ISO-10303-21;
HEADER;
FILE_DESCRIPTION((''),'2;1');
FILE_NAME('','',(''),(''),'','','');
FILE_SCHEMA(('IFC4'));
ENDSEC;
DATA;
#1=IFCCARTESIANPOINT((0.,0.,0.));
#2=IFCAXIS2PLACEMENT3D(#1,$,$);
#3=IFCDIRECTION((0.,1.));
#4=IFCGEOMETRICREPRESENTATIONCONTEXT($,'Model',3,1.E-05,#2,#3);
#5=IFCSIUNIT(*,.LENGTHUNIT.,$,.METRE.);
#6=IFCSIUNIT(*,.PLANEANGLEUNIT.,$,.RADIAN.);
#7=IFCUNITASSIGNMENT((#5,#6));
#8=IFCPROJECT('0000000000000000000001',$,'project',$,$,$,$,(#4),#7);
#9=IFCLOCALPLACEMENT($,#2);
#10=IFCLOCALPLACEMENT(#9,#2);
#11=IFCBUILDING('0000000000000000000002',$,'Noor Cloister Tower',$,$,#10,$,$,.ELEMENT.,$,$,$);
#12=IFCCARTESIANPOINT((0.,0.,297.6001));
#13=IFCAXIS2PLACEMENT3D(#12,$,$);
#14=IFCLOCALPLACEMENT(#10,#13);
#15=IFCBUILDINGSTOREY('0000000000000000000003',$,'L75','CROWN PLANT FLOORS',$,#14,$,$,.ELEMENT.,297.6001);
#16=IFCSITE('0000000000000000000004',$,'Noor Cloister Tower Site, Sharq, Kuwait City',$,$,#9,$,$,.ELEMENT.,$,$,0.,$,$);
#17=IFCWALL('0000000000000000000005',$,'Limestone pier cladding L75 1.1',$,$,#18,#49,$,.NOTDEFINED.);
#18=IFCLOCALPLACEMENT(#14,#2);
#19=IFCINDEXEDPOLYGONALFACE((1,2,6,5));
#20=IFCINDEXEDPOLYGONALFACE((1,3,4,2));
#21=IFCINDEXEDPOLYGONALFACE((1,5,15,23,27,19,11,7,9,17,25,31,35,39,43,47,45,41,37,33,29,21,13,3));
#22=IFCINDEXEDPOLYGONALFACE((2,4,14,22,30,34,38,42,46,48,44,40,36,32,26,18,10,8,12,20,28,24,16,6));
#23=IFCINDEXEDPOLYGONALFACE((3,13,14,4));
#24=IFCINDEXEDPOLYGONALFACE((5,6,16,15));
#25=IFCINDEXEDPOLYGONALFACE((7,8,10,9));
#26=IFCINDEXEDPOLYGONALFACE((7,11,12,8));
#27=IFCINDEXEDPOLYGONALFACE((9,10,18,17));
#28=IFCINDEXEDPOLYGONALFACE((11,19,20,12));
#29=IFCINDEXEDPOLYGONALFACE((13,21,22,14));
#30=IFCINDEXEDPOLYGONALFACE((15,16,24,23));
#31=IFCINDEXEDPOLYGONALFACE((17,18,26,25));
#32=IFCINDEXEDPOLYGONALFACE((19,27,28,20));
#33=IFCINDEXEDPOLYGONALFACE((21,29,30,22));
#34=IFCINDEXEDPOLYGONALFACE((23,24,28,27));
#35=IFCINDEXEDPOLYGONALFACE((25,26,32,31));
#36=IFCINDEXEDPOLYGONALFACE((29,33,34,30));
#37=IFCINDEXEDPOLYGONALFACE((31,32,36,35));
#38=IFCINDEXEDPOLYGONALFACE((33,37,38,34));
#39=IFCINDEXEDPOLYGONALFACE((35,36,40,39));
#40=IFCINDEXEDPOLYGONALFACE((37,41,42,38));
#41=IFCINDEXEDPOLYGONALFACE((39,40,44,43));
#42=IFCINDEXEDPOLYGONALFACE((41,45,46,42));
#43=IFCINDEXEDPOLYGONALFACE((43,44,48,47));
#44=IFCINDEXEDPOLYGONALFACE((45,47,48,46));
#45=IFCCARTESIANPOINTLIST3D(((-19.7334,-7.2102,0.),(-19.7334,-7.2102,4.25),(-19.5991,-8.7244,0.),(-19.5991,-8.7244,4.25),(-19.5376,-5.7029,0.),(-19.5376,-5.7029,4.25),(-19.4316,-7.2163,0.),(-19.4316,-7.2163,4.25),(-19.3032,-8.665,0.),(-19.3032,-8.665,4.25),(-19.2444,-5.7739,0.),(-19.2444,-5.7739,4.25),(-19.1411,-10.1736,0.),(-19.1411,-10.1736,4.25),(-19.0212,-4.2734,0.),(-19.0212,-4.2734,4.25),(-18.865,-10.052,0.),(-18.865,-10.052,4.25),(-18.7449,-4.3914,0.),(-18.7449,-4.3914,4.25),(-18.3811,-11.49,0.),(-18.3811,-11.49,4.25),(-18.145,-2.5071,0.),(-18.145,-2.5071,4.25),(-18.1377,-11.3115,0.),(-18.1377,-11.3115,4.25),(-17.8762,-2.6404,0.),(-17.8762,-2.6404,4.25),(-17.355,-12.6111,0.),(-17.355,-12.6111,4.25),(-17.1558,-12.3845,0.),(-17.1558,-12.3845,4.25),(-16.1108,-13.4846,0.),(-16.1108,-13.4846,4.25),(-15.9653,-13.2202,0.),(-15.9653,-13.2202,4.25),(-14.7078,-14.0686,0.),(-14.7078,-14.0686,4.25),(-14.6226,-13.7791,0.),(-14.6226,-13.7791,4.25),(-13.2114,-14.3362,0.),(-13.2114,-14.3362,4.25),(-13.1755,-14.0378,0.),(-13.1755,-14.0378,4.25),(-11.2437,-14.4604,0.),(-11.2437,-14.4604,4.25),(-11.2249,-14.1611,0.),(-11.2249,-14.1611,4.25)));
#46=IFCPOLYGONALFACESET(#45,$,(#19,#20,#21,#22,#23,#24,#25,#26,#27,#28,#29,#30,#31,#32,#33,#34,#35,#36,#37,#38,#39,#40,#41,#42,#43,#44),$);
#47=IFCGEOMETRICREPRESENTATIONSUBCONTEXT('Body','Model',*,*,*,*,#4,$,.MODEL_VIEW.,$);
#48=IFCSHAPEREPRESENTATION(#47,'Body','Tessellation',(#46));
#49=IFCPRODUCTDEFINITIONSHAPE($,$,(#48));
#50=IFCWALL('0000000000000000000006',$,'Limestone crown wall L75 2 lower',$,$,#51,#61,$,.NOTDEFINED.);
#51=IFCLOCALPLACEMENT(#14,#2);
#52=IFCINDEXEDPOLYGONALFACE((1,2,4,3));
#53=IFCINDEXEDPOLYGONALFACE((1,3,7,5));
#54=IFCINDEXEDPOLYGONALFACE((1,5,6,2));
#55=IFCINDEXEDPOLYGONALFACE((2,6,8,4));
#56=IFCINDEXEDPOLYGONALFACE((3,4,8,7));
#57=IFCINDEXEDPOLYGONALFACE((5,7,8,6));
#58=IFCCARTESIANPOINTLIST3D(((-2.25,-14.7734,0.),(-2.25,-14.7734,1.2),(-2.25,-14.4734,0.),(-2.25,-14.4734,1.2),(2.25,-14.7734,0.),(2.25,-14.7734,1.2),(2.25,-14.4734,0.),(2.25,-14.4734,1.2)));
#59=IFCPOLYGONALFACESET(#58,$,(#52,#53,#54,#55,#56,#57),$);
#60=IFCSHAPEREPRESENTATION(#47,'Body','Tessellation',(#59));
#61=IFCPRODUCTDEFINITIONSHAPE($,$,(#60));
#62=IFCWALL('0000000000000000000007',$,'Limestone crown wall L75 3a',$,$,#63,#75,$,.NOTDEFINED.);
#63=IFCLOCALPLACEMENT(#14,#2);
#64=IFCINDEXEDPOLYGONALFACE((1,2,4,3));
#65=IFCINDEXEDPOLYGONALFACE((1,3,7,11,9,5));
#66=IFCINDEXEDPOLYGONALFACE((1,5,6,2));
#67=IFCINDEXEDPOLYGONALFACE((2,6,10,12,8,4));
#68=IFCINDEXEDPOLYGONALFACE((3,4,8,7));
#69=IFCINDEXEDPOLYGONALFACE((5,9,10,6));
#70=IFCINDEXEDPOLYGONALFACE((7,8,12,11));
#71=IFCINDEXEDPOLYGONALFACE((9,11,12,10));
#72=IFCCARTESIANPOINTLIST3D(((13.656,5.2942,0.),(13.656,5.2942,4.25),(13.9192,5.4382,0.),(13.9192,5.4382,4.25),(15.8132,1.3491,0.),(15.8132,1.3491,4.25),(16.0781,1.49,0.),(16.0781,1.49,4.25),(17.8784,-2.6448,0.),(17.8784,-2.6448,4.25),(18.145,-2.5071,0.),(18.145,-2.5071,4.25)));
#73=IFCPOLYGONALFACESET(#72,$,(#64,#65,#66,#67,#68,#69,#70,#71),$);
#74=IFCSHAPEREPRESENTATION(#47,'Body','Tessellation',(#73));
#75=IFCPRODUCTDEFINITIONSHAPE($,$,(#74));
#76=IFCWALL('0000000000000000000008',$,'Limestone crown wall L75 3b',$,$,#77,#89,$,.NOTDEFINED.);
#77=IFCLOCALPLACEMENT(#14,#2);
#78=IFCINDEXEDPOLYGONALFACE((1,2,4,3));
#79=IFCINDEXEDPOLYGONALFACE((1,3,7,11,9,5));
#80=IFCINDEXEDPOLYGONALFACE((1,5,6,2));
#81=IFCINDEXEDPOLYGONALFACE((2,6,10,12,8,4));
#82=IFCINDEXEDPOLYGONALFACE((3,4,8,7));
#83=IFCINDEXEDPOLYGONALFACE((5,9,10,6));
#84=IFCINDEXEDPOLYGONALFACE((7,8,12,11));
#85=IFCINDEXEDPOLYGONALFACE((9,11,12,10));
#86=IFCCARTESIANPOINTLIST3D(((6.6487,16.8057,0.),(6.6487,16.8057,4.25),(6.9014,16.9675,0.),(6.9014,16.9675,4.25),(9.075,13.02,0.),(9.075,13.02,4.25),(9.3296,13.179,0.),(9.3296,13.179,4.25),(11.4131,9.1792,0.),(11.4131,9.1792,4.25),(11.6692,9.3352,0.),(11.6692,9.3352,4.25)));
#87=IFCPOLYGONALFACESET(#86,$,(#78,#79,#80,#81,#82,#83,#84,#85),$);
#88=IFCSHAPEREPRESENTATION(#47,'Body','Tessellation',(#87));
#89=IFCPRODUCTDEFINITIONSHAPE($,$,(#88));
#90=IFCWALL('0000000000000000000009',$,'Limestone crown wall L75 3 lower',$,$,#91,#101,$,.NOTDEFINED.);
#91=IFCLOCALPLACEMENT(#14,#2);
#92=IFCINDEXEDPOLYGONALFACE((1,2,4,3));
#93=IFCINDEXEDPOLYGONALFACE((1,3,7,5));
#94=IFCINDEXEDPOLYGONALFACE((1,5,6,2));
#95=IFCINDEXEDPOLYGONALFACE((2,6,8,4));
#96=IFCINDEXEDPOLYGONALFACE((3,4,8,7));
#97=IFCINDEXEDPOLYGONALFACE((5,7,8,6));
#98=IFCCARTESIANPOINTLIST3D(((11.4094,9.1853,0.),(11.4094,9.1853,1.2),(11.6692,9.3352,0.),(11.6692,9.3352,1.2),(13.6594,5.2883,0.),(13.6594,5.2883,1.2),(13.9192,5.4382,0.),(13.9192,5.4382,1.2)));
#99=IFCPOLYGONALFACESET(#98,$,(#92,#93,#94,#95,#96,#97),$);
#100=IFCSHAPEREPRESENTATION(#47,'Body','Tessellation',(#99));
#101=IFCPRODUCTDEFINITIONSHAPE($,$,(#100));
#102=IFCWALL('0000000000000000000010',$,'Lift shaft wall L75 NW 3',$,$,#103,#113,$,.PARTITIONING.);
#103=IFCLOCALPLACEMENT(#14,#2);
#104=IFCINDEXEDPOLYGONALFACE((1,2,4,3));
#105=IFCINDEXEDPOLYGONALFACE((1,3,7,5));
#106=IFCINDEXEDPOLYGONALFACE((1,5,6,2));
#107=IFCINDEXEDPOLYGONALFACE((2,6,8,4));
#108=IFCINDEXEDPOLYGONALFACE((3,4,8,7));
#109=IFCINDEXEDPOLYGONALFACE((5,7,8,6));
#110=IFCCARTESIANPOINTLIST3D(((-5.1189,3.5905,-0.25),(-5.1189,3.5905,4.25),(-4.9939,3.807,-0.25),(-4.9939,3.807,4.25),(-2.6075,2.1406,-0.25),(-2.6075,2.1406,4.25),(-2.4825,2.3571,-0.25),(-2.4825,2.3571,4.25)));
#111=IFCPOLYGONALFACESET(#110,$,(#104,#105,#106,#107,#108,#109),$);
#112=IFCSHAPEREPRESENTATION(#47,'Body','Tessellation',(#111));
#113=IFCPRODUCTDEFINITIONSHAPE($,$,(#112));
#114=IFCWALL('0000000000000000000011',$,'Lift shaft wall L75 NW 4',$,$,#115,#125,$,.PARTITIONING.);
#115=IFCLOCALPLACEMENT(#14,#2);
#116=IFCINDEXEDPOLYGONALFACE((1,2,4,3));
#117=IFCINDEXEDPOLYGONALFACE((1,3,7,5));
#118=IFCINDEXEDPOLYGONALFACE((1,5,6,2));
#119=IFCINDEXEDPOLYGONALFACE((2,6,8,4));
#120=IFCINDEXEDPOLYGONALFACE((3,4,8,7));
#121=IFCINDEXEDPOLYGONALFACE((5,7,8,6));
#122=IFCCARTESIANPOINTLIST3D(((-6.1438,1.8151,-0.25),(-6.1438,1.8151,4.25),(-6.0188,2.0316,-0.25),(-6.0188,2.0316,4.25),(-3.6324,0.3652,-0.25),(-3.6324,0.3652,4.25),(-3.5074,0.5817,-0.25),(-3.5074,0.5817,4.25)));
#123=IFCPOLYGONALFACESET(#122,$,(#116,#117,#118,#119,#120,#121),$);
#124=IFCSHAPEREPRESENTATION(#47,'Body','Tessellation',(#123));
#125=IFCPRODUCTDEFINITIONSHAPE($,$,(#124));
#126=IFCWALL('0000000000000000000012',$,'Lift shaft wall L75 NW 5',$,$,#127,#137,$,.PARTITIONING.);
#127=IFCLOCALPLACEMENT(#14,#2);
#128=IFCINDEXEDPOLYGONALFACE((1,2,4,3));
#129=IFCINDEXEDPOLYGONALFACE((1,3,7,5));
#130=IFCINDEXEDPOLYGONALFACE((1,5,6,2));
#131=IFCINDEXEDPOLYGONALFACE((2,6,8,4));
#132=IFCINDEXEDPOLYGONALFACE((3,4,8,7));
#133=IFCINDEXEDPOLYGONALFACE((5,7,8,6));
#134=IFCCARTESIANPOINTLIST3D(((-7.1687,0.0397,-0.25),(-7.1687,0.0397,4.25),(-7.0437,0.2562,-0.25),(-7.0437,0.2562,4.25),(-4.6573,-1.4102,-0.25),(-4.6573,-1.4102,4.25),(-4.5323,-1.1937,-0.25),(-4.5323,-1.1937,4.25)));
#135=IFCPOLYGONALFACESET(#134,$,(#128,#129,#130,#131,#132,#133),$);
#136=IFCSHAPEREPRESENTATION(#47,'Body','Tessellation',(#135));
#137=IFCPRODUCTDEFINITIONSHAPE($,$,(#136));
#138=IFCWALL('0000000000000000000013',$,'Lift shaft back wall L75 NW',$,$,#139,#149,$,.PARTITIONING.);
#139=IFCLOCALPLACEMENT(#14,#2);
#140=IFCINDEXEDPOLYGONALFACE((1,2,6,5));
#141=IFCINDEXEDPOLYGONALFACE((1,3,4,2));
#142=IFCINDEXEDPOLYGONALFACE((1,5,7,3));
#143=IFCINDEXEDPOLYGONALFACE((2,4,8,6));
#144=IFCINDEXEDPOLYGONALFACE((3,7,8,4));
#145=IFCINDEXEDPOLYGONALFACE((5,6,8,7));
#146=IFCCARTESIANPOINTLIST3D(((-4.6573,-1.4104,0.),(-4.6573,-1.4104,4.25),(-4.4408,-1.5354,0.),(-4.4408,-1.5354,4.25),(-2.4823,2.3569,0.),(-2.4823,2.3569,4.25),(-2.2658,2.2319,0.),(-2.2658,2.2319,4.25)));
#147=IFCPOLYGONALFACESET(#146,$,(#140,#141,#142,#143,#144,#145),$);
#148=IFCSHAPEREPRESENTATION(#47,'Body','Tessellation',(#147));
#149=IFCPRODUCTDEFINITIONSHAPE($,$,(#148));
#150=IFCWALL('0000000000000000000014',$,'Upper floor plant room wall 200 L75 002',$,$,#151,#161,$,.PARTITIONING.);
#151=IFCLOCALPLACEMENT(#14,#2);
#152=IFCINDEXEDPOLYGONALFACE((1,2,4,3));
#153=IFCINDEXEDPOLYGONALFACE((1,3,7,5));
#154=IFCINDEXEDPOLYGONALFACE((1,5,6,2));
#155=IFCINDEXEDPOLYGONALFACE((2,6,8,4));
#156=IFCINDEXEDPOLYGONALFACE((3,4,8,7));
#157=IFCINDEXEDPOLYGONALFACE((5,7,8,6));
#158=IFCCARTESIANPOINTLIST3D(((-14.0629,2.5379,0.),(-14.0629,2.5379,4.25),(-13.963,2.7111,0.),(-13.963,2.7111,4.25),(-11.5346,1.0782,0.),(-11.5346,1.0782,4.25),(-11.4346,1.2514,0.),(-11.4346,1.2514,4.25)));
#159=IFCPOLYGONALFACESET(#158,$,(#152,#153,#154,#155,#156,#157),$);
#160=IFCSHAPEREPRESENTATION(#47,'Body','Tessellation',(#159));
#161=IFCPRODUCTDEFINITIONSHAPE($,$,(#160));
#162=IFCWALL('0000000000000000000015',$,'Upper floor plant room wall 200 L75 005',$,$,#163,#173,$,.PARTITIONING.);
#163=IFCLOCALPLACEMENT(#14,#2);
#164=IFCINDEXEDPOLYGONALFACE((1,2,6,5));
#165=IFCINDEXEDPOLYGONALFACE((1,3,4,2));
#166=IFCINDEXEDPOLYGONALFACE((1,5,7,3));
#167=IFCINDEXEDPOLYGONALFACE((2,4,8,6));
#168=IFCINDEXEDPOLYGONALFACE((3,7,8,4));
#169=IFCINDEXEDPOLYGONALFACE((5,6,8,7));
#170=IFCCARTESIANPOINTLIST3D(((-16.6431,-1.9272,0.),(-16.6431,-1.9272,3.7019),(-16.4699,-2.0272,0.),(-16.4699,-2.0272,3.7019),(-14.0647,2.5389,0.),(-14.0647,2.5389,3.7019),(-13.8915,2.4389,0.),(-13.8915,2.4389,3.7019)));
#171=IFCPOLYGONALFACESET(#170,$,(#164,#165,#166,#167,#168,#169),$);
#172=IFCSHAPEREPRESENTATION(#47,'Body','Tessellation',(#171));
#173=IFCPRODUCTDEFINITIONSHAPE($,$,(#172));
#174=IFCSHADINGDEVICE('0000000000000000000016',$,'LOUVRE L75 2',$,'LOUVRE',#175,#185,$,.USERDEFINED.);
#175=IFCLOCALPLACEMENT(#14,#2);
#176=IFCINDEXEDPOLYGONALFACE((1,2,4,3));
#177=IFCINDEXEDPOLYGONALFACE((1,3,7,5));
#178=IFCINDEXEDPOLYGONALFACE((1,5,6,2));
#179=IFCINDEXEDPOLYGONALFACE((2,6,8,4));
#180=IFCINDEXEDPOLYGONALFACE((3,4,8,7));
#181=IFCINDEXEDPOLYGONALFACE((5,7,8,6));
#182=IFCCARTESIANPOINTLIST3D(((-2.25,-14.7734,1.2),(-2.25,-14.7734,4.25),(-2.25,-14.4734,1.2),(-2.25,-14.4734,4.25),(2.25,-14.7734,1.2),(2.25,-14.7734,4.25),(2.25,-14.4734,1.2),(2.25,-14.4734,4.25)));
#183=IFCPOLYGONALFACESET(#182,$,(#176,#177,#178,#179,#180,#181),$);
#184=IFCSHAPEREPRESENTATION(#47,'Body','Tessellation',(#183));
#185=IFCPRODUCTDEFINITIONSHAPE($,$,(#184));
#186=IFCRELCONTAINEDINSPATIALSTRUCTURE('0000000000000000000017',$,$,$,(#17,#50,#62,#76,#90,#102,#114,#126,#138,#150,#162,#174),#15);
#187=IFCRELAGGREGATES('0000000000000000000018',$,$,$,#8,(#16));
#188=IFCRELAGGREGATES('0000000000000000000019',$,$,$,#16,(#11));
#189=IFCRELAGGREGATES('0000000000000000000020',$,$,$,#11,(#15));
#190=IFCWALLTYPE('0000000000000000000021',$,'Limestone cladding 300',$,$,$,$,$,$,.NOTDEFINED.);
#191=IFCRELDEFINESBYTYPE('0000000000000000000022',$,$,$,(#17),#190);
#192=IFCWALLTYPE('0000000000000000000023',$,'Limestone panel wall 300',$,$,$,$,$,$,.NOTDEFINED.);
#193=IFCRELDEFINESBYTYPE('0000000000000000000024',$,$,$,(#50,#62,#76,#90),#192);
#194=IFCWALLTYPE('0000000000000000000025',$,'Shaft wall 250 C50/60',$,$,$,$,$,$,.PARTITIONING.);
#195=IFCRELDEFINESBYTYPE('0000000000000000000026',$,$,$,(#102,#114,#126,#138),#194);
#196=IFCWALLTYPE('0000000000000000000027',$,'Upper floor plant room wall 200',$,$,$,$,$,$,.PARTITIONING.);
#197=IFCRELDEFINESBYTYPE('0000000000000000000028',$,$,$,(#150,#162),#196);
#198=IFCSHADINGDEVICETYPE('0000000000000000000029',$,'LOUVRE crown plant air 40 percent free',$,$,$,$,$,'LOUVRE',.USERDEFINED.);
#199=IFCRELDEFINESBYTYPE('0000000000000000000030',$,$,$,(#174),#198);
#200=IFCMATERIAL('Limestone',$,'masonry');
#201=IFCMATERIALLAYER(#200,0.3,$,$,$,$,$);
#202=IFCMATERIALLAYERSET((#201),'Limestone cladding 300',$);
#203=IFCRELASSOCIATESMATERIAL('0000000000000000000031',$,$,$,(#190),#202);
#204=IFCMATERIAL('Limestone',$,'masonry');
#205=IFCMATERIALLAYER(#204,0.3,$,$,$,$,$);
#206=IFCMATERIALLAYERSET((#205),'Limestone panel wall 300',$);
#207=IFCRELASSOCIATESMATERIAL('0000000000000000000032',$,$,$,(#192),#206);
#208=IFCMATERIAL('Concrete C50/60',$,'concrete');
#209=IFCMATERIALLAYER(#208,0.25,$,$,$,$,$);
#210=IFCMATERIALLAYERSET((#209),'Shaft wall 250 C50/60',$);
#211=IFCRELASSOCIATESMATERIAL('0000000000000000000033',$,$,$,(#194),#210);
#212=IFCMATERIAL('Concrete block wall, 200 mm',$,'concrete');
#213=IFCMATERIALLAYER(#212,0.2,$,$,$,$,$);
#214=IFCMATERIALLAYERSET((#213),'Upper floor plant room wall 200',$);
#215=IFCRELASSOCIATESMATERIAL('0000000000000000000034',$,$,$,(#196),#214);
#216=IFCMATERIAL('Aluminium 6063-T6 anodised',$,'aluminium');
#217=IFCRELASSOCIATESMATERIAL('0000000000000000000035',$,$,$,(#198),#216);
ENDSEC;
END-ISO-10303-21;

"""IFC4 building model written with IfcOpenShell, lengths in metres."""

from ifc_helpers import new_model, si_unit, direction, frame, frame_2d, origin, place, context, subcontext, project, spatial, polyline, rectangle, outline, extrude, material, layer, layer_set, type_object, element, save


model = new_model("IFC4")

# Units and contexts
model_context = context("Model", 3, precision=1e-05, world=origin(), true_north=direction((0.0, 1.0)))
body_context = subcontext(model_context, "Body", "Model", "MODEL_VIEW")
ifc_project = project(units=[si_unit("LENGTHUNIT", "METRE"), si_unit("PLANEANGLEUNIT", "RADIAN")], contexts=[model_context])

# Site, building, storey
site_placement = place(None, origin())
site = spatial("IfcSite", under=ifc_project, at=site_placement, Name="Noor Cloister Tower Site, Sharq, Kuwait City", CompositionType="ELEMENT", RefElevation=0.0)
building_placement = place(site_placement, origin())
building = spatial("IfcBuilding", under=site, at=building_placement, Name="Noor Cloister Tower", CompositionType="ELEMENT")
storey_placement = place(building_placement, frame((0.0, 0.0, 297.6001)))
storey = spatial("IfcBuildingStorey", under=building, at=storey_placement, Name="L75", Description="CROWN PLANT FLOORS", CompositionType="ELEMENT", Elevation=297.6001)

# Walls
ifc_material_1 = material(Name="Limestone", Category="masonry")
ifc_layer_1 = layer(ifc_material_1, 0.3)
ifc_layer_set_1 = layer_set([ifc_layer_1], Name="Limestone cladding 300")
wall_type_1 = type_object("IfcWallType", Name="Limestone cladding 300", PredefinedType="NOTDEFINED", material=ifc_layer_set_1)
wall_1_placement = place(storey_placement, origin())
element("IfcWall", 1, at=wall_1_placement, inside=storey, type_object=wall_type_1, Name="Limestone pier cladding L75 1.1", PredefinedType="NOTDEFINED", context=body_context, shape_type="SweptSolid", body=[
    extrude(outline(polyline([(-18.145, -2.5071), (-19.0212, -4.2734), (-19.5376, -5.7029), (-19.7334, -7.2102), (-19.5991, -8.7244), (-19.1411, -10.1736), (-18.3811, -11.49), (-17.355, -12.6111), (-16.1108, -13.4846), (-14.7078, -14.0686), (-13.2114, -14.3362), (-11.2437, -14.4604), (-11.2249, -14.1611), (-13.1755, -14.0378), (-14.6226, -13.7791), (-15.9653, -13.2202), (-17.1558, -12.3845), (-18.1377, -11.3115), (-18.865, -10.052), (-19.3032, -8.665), (-19.4316, -7.2163), (-19.2444, -5.7739), (-18.7449, -4.3914), (-17.8762, -2.6404), (-18.145, -2.5071)])), origin(), (0.0, 0.0, 1.0), 4.25),
])
ifc_material_2 = material(Name="Limestone", Category="masonry")
ifc_layer_2 = layer(ifc_material_2, 0.3)
ifc_layer_set_2 = layer_set([ifc_layer_2], Name="Limestone panel wall 300")
wall_type_2 = type_object("IfcWallType", Name="Limestone panel wall 300", PredefinedType="NOTDEFINED", material=ifc_layer_set_2)
wall_2_placement = place(storey_placement, origin())
element("IfcWall", 2, at=wall_2_placement, inside=storey, type_object=wall_type_2, Name="Limestone crown wall L75 2 lower", PredefinedType="NOTDEFINED", context=body_context, shape_type="SweptSolid", body=[
    extrude(outline(polyline([(-2.25, -14.7734), (2.25, -14.7734), (2.25, -14.4734), (-2.25, -14.4734), (-2.25, -14.7734)])), origin(), (0.0, 0.0, 1.0), 1.2),
])
wall_3_placement = place(storey_placement, origin())
element("IfcWall", 3, at=wall_3_placement, inside=storey, type_object=wall_type_2, Name="Limestone crown wall L75 3a", PredefinedType="NOTDEFINED", context=body_context, shape_type="SweptSolid", body=[
    extrude(outline(polyline([(18.145, -2.5071), (16.0781, 1.49), (13.9192, 5.4382), (13.656, 5.2942), (15.8132, 1.3491), (17.8784, -2.6448), (18.145, -2.5071)])), origin(), (0.0, 0.0, 1.0), 4.25),
])
wall_4_placement = place(storey_placement, origin())
element("IfcWall", 4, at=wall_4_placement, inside=storey, type_object=wall_type_2, Name="Limestone crown wall L75 3b", PredefinedType="NOTDEFINED", context=body_context, shape_type="SweptSolid", body=[
    extrude(outline(polyline([(11.6692, 9.3352), (9.3296, 13.179), (6.9014, 16.9675), (6.6487, 16.8057), (9.075, 13.02), (11.4131, 9.1792), (11.6692, 9.3352)])), origin(), (0.0, 0.0, 1.0), 4.25),
])
wall_5_placement = place(storey_placement, origin())
element("IfcWall", 5, at=wall_5_placement, inside=storey, type_object=wall_type_2, Name="Limestone crown wall L75 3 lower", PredefinedType="NOTDEFINED", context=body_context, shape_type="SweptSolid", body=[
    extrude(outline(polyline([(13.9192, 5.4382), (11.6692, 9.3352), (11.4094, 9.1853), (13.6594, 5.2883), (13.9192, 5.4382)])), origin(), (0.0, 0.0, 1.0), 1.2),
])
ifc_material_3 = material(Name="Concrete C50/60", Category="concrete")
ifc_layer_3 = layer(ifc_material_3, 0.25)
ifc_layer_set_3 = layer_set([ifc_layer_3], Name="Shaft wall 250 C50/60")
wall_type_3 = type_object("IfcWallType", Name="Shaft wall 250 C50/60", PredefinedType="PARTITIONING", material=ifc_layer_set_3)
for number, where, z_axis, x_axis, name in (
    (6, (-5.0564, 3.6987, -0.25), (0.0, 0.0, 1.0), (0.866033, -0.499987, 0.0), "Lift shaft wall L75 NW 3"),
    (7, (-6.0813, 1.9233, -0.25), (0.0, 0.0, 1.0), (0.866033, -0.499987, 0.0), "Lift shaft wall L75 NW 4"),
    (8, (-7.1062, 0.1479, -0.25), (0.0, 0.0, 1.0), (0.866033, -0.499987, 0.0), "Lift shaft wall L75 NW 5"),
):
    element("IfcWall", number, at=place(storey_placement, frame(where, z_axis=z_axis, x_axis=x_axis)), inside=storey, type_object=wall_type_3, Name=name, PredefinedType="PARTITIONING", context=body_context, shape_type="SweptSolid", body=[
        extrude(rectangle(XDim=2.8999, YDim=0.25, at=frame_2d((1.45, 0.0))), origin(), (0.0, 0.0, 1.0), 4.5),
    ])
wall_6_placement = place(storey_placement, frame((-2.374, 2.2944, 0.0), z_axis=(0.0, 0.0, 1.0), x_axis=(-0.499996, -0.866028, 0.0)))
element("IfcWall", 9, at=wall_6_placement, inside=storey, type_object=wall_type_3, Name="Lift shaft back wall L75 NW", PredefinedType="PARTITIONING", context=body_context, shape_type="SweptSolid", body=[
    extrude(rectangle(XDim=4.3501, YDim=0.25, at=frame_2d((2.175, 0.0))), origin(), (0.0, 0.0, 1.0), 4.25),
])
ifc_material_4 = material(Name="Concrete block wall, 200 mm", Category="concrete")
ifc_layer_4 = layer(ifc_material_4, 0.2)
ifc_layer_set_4 = layer_set([ifc_layer_4], Name="Upper floor plant room wall 200")
wall_type_4 = type_object("IfcWallType", Name="Upper floor plant room wall 200", PredefinedType="PARTITIONING", material=ifc_layer_set_4)
wall_7_placement = place(storey_placement, frame((-14.0129, 2.6245, 0.0), z_axis=(0.0, 0.0, 1.0), x_axis=(0.866027, -0.499998, 0.0)))
element("IfcWall", 10, at=wall_7_placement, inside=storey, type_object=wall_type_4, Name="Upper floor plant room wall 200 L75 002", PredefinedType="PARTITIONING", context=body_context, shape_type="SweptSolid", body=[
    extrude(rectangle(XDim=2.9194, YDim=0.2, at=frame_2d((1.4597, 0.0))), origin(), (0.0, 0.0, 1.0), 4.25),
])
wall_8_placement = place(storey_placement, frame((-13.978, 2.489, 0.0), z_axis=(0.0, 0.0, 1.0), x_axis=(-0.499983, -0.866035, 0.0)))
element("IfcWall", 11, at=wall_8_placement, inside=storey, type_object=wall_type_4, Name="Upper floor plant room wall 200 L75 005", PredefinedType="PARTITIONING", context=body_context, shape_type="SweptSolid", body=[
    extrude(rectangle(XDim=5.157, YDim=0.2, at=frame_2d((2.5786, 0.0))), origin(), (0.0, 0.0, 1.0), 3.7019),
])

# Shading device
ifc_material_5 = material(Name="Aluminium 6063-T6 anodised", Category="aluminium")
shading_device_type = type_object("IfcShadingDeviceType", Name="LOUVRE crown plant air 40 percent free", ElementType="LOUVRE", PredefinedType="USERDEFINED", material=ifc_material_5)
shading_device_1_placement = place(storey_placement, frame((0.0, 0.0, 1.2)))
element("IfcShadingDevice", 12, at=shading_device_1_placement, inside=storey, type_object=shading_device_type, Name="LOUVRE L75 2", ObjectType="LOUVRE", PredefinedType="USERDEFINED", context=body_context, shape_type="SweptSolid", body=[
    extrude(outline(polyline([(-2.25, -14.7734), (2.25, -14.7734), (2.25, -14.4734), (-2.25, -14.4734), (-2.25, -14.7734)])), origin(), (0.0, 0.0, 1.0), 3.05),
])

save(model, "model.ifc")
